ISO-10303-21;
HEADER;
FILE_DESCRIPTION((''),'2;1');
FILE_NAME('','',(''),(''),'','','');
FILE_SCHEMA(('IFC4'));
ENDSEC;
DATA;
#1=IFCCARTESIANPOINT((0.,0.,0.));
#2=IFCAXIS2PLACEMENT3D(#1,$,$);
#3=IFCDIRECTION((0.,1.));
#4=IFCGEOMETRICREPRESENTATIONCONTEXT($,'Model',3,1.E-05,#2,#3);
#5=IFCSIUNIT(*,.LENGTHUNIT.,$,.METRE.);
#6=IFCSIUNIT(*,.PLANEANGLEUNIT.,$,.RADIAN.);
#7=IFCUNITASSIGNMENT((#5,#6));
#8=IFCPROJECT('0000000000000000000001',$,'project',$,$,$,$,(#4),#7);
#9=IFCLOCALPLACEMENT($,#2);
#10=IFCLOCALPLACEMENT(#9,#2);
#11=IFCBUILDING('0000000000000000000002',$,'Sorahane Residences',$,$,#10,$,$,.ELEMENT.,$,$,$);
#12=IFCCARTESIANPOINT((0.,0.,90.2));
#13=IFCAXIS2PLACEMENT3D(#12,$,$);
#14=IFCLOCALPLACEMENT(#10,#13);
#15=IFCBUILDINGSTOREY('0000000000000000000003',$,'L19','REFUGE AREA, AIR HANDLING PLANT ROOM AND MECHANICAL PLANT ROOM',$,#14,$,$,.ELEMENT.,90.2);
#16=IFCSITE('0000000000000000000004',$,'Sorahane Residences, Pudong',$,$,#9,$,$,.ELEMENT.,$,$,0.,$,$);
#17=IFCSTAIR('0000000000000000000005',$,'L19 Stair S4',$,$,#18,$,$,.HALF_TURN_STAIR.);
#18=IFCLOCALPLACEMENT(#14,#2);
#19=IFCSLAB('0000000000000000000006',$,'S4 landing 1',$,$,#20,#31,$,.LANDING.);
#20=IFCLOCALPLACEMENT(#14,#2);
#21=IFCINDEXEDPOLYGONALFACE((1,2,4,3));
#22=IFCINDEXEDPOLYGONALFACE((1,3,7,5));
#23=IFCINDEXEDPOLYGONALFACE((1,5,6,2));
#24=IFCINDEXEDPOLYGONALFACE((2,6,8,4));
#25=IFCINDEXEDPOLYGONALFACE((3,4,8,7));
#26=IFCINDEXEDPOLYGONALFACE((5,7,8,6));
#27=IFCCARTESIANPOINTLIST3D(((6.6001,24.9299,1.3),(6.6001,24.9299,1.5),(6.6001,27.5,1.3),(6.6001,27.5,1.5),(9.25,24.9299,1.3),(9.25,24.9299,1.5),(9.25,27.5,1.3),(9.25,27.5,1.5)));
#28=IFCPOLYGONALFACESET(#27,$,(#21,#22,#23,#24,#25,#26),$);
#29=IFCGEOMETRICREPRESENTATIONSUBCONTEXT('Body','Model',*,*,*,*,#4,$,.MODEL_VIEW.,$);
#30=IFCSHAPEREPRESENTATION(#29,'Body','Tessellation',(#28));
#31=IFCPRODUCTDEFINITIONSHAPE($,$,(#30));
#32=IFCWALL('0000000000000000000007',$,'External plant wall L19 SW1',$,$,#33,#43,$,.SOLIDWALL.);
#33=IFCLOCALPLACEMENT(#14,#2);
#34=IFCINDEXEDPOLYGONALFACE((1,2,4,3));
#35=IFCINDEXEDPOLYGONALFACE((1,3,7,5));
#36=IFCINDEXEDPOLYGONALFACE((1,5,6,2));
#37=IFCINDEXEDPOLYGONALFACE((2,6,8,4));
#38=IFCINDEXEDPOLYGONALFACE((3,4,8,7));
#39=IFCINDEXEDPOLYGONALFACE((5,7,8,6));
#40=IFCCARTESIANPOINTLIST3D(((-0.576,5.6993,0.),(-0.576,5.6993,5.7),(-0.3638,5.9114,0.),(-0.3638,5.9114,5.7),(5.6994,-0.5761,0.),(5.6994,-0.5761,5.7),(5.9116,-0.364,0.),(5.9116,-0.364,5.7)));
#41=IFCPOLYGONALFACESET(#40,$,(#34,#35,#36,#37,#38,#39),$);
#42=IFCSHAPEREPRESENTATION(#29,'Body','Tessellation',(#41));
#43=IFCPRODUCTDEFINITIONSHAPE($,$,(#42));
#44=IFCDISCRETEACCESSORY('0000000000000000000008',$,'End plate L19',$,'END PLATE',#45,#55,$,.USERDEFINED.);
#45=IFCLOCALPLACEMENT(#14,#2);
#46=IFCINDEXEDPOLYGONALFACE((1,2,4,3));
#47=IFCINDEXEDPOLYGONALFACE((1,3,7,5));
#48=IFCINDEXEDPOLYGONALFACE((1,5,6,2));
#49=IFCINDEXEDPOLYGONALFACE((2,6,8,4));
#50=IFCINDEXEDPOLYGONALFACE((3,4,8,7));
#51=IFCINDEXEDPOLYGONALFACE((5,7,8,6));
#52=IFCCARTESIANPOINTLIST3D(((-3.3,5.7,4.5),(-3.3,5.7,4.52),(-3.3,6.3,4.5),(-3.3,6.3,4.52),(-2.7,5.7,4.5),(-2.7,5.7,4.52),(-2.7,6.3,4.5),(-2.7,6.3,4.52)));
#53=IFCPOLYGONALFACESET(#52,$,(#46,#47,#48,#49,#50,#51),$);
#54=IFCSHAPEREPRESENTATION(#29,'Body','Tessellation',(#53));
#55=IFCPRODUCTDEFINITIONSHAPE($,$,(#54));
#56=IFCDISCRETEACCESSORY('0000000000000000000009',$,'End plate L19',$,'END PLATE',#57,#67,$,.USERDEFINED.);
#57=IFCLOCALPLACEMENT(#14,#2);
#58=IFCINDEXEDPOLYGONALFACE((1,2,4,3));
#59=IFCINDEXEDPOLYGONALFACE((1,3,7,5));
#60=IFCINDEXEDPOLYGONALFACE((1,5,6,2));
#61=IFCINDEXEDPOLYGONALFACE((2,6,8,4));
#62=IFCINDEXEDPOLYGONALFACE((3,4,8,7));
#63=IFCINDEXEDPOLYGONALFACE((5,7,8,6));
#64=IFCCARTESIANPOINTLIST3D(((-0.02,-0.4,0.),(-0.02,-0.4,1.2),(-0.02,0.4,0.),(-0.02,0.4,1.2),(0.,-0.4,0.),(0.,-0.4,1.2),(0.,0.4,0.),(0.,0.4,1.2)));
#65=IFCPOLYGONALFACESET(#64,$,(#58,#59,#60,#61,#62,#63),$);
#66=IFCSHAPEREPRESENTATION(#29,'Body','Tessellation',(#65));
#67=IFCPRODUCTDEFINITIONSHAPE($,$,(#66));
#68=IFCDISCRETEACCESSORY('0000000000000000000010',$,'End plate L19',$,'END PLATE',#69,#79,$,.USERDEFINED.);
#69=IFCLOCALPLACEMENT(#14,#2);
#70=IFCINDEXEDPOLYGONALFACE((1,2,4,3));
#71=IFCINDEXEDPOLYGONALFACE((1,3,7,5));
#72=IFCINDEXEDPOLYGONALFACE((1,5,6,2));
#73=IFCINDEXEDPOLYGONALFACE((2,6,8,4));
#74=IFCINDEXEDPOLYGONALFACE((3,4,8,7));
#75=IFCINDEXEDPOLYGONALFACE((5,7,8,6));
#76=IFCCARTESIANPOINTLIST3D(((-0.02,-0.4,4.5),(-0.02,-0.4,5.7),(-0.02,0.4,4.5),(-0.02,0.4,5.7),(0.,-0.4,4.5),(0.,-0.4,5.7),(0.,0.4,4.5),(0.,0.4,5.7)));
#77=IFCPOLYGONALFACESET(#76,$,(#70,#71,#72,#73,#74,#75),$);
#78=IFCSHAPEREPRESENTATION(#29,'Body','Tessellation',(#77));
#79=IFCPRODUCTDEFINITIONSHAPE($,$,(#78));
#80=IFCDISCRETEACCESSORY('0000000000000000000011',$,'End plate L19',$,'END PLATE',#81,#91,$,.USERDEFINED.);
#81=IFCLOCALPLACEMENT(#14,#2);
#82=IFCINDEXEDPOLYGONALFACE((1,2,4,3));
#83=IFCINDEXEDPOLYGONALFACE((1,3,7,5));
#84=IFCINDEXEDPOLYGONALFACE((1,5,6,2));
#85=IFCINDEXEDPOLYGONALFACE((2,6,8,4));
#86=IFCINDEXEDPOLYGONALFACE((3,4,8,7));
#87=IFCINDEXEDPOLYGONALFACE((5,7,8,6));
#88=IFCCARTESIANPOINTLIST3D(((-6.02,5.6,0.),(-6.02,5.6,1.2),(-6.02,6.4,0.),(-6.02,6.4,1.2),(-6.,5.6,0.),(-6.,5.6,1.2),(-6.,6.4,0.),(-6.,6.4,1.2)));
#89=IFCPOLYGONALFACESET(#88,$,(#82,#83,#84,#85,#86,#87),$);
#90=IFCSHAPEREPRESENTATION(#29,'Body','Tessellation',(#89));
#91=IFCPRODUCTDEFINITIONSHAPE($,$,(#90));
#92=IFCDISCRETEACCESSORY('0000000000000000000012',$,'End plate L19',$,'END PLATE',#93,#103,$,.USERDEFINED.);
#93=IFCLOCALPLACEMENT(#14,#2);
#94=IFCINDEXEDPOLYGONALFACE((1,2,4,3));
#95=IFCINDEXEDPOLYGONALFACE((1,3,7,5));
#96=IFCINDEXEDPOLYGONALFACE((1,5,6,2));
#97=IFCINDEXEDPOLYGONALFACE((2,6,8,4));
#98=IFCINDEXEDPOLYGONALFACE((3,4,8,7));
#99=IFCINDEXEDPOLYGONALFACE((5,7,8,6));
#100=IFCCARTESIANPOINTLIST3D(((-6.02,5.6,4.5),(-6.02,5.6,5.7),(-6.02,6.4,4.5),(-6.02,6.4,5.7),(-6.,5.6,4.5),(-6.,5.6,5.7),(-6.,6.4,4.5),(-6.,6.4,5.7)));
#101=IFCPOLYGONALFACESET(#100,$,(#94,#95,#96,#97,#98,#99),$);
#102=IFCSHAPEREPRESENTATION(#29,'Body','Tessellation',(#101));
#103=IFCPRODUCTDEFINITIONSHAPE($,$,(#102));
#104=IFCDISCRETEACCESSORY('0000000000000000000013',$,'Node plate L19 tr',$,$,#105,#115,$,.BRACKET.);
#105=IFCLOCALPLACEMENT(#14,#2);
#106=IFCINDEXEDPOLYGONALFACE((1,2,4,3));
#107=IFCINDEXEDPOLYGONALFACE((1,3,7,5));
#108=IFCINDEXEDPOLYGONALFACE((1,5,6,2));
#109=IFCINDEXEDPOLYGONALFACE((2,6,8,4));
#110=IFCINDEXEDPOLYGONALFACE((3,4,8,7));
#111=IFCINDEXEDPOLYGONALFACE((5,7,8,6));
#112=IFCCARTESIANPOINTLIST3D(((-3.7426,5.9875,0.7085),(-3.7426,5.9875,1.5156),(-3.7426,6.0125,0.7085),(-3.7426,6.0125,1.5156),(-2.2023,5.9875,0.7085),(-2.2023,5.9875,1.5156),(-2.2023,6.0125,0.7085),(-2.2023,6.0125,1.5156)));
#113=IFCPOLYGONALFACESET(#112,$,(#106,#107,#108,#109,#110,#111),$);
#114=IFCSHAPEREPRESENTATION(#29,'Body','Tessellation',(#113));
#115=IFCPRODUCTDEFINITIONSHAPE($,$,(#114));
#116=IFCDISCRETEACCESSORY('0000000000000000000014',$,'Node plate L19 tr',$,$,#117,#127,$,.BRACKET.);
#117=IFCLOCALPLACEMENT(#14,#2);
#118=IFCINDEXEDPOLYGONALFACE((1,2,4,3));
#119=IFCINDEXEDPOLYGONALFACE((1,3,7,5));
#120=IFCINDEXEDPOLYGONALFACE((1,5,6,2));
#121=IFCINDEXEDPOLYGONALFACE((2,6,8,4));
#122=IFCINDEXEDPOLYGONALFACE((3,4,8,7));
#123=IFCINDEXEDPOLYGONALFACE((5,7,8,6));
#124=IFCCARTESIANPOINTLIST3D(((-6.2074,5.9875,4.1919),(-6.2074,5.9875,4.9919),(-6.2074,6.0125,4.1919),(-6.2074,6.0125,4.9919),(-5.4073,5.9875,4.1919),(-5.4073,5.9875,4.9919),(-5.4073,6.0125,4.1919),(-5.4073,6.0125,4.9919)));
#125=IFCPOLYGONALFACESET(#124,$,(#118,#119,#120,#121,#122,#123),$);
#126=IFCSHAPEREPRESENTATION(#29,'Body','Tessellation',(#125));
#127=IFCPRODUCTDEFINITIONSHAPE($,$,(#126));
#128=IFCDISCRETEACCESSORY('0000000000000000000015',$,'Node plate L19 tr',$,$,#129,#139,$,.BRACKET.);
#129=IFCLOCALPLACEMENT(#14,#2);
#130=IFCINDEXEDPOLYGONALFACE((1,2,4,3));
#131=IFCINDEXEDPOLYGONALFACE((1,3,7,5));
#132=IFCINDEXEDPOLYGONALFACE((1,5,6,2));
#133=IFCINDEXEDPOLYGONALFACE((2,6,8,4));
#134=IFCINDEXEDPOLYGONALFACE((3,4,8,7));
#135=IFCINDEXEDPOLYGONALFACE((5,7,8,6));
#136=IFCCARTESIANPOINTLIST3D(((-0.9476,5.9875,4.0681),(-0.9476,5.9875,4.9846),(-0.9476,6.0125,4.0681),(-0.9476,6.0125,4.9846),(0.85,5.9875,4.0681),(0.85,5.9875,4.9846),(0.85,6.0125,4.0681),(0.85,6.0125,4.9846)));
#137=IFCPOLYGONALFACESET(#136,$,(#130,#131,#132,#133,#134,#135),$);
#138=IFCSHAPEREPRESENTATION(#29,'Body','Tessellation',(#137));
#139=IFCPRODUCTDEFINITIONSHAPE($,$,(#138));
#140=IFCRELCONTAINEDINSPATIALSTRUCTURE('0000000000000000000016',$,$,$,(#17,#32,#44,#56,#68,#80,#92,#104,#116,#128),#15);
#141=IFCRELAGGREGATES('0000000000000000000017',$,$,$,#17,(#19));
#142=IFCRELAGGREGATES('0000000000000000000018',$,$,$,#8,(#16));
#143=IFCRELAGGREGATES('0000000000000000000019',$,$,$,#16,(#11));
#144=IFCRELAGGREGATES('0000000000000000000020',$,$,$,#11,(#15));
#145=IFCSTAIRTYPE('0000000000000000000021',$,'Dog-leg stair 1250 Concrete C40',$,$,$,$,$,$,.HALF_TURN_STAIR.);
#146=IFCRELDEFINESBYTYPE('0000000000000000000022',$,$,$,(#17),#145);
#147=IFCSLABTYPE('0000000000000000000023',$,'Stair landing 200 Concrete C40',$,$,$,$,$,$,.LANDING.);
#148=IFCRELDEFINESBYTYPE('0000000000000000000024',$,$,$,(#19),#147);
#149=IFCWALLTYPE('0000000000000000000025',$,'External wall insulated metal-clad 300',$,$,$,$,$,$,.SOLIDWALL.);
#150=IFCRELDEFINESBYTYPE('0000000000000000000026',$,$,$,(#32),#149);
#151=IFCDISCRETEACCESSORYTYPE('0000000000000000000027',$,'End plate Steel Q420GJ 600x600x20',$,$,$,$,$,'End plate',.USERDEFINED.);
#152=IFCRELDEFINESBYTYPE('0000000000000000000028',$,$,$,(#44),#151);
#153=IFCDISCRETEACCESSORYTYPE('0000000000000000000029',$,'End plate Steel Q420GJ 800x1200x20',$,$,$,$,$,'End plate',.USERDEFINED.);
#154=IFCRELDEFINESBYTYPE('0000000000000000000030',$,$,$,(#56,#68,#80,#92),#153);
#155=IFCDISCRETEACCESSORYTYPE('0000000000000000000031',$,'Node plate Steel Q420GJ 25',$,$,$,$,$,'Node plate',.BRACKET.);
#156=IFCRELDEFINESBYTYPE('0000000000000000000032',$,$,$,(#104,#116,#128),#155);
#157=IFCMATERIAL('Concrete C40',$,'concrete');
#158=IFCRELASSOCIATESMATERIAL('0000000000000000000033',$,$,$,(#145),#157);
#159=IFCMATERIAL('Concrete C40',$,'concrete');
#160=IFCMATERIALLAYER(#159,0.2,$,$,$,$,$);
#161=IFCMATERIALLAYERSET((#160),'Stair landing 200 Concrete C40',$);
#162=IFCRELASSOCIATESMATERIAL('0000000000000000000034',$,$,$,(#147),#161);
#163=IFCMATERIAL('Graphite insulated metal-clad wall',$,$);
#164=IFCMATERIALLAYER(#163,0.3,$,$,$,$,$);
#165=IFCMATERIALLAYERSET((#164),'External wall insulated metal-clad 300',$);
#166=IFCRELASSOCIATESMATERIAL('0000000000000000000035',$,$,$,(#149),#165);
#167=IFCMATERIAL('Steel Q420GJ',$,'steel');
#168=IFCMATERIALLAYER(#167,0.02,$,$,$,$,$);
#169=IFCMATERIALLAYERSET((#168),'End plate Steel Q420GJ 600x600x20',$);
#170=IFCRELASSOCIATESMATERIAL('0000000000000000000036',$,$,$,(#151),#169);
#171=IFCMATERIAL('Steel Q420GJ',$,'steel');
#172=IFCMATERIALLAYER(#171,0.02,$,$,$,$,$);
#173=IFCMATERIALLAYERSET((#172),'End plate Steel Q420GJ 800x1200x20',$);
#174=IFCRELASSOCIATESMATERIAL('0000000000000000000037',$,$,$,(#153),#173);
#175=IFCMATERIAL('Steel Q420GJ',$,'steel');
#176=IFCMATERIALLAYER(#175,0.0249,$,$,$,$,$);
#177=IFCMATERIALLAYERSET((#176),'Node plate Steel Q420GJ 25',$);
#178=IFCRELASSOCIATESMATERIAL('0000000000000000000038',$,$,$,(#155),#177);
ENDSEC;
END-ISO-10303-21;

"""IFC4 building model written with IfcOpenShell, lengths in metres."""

from ifc_helpers import new_model, si_unit, direction, frame, frame_2d, origin, origin_2d, place, context, subcontext, project, spatial, polyline, rectangle, outline, extrude, material, layer, layer_set, type_object, element, aggregate, save


model = new_model("IFC4")

# Units and contexts
model_context = context("Model", 3, precision=1e-05, world=origin(), true_north=direction((0.0, 1.0)))
body_context = subcontext(model_context, "Body", "Model", "MODEL_VIEW")
ifc_project = project(units=[si_unit("LENGTHUNIT", "METRE"), si_unit("PLANEANGLEUNIT", "RADIAN")], contexts=[model_context])

# Site, building, storey
site_placement = place(None, origin())
site = spatial("IfcSite", under=ifc_project, at=site_placement, Name="Sorahane Residences, Pudong", CompositionType="ELEMENT", RefElevation=0.0)
building_placement = place(site_placement, origin())
building = spatial("IfcBuilding", under=site, at=building_placement, Name="Sorahane Residences", CompositionType="ELEMENT")
storey_placement = place(building_placement, frame((0.0, 0.0, 90.2)))
storey = spatial("IfcBuildingStorey", under=building, at=storey_placement, Name="L19", Description="REFUGE AREA, AIR HANDLING PLANT ROOM AND MECHANICAL PLANT ROOM", CompositionType="ELEMENT", Elevation=90.2)

# Stair, slab
ifc_material_1 = material(Name="Concrete C40", Category="concrete")
stair_type = type_object("IfcStairType", Name="Dog-leg stair 1250 Concrete C40", PredefinedType="HALF_TURN_STAIR", material=ifc_material_1)
ifc_material_2 = material(Name="Concrete C40", Category="concrete")
ifc_layer_1 = layer(ifc_material_2, 0.2)
ifc_layer_set_1 = layer_set([ifc_layer_1], Name="Stair landing 200 Concrete C40")
slab_type_1 = type_object("IfcSlabType", Name="Stair landing 200 Concrete C40", PredefinedType="LANDING", material=ifc_layer_set_1)
stair_1_placement = place(storey_placement, origin())
stair_1 = element("IfcStair", 1, at=stair_1_placement, inside=storey, type_object=stair_type, Name="L19 Stair S4", PredefinedType="HALF_TURN_STAIR")
slab_1_placement = place(storey_placement, frame((0.0, 0.0, 1.3)))
slab_1 = element("IfcSlab", 2, at=slab_1_placement, type_object=slab_type_1, Name="S4 landing 1", PredefinedType="LANDING", context=body_context, shape_type="SweptSolid", body=[
    extrude(outline(polyline([(9.25, 24.9299), (9.25, 27.5), (6.6001, 27.5), (6.6001, 24.9299), (9.25, 24.9299)])), origin(), (0.0, 0.0, 1.0), 0.2),
])
aggregate(stair_1, [slab_1])

# Wall
ifc_material_3 = material(Name="Graphite insulated metal-clad wall")
ifc_layer_2 = layer(ifc_material_3, 0.3)
ifc_layer_set_2 = layer_set([ifc_layer_2], Name="External wall insulated metal-clad 300")
wall_type = type_object("IfcWallType", Name="External wall insulated metal-clad 300", PredefinedType="SOLIDWALL", material=ifc_layer_set_2)
wall_placement = place(storey_placement, frame((-0.47, 5.8054, 0.0), z_axis=(0.0, 0.0, 1.0), x_axis=(0.707107, -0.707107, 0.0)))
element("IfcWall", 3, at=wall_placement, inside=storey, type_object=wall_type, Name="External plant wall L19 SW1", PredefinedType="SOLIDWALL", context=body_context, shape_type="SweptSolid", body=[
    extrude(rectangle(XDim=8.8748, YDim=0.3, at=frame_2d((4.4375, 0.0))), origin(), (0.0, 0.0, 1.0), 5.7),
])

# Discrete accessories
ifc_material_4 = material(Name="Steel Q420GJ", Category="steel")
ifc_layer_3 = layer(ifc_material_4, 0.02)
ifc_layer_set_3 = layer_set([ifc_layer_3], Name="End plate Steel Q420GJ 600x600x20")
discrete_accessory_type_1 = type_object("IfcDiscreteAccessoryType", Name="End plate Steel Q420GJ 600x600x20", ElementType="End plate", PredefinedType="USERDEFINED", material=ifc_layer_set_3)
discrete_accessory_1_placement = place(storey_placement, frame((-3.0, 6.0, 4.5), z_axis=(0.0, 0.0, 1.0), x_axis=(1.0, 0.0, 0.0)))
element("IfcDiscreteAccessory", 4, at=discrete_accessory_1_placement, inside=storey, type_object=discrete_accessory_type_1, Name="End plate L19", ObjectType="END PLATE", PredefinedType="USERDEFINED", context=body_context, shape_type="SweptSolid", body=[
    extrude(rectangle(XDim=0.6001, YDim=0.6001, at=origin_2d()), origin(), (0.0, 0.0, 1.0), 0.02),
])
ifc_material_5 = material(Name="Steel Q420GJ", Category="steel")
ifc_layer_4 = layer(ifc_material_5, 0.02)
ifc_layer_set_4 = layer_set([ifc_layer_4], Name="End plate Steel Q420GJ 800x1200x20")
discrete_accessory_type_2 = type_object("IfcDiscreteAccessoryType", Name="End plate Steel Q420GJ 800x1200x20", ElementType="End plate", PredefinedType="USERDEFINED", material=ifc_layer_set_4)
for number, where, z_axis, x_axis, name in (
    (5, (-0.01, 0.0, 0.0), (0.0, 0.0, 1.0), (1.0, 0.0, 0.0), "End plate L19"),
    (6, (-0.01, 0.0, 4.5), (0.0, 0.0, 1.0), (1.0, 0.0, 0.0), "End plate L19"),
    (7, (-6.01, 6.0, 0.0), (0.0, 0.0, 1.0), (1.0, 0.0, 0.0), "End plate L19"),
    (8, (-6.01, 6.0, 4.5), (0.0, 0.0, 1.0), (1.0, 0.0, 0.0), "End plate L19"),
):
    element("IfcDiscreteAccessory", number, at=place(storey_placement, frame(where, z_axis=z_axis, x_axis=x_axis)), inside=storey, type_object=discrete_accessory_type_2, Name=name, ObjectType="END PLATE", PredefinedType="USERDEFINED", context=body_context, shape_type="SweptSolid", body=[
        extrude(rectangle(XDim=0.02, YDim=0.8, at=origin_2d()), origin(), (0.0, 0.0, 1.0), 1.2),
    ])
ifc_material_6 = material(Name="Steel Q420GJ", Category="steel")
ifc_layer_5 = layer(ifc_material_6, 0.0249)
ifc_layer_set_5 = layer_set([ifc_layer_5], Name="Node plate Steel Q420GJ 25")
discrete_accessory_type_3 = type_object("IfcDiscreteAccessoryType", Name="Node plate Steel Q420GJ 25", ElementType="Node plate", PredefinedType="BRACKET", material=ifc_layer_set_5)
discrete_accessory_2_placement = place(storey_placement, frame((-2.9724, 6.0, 0.7085), z_axis=(0.0, 0.0, 1.0), x_axis=(1.0, 0.0, 0.0)))
element("IfcDiscreteAccessory", 9, at=discrete_accessory_2_placement, inside=storey, type_object=discrete_accessory_type_3, Name="Node plate L19 tr", PredefinedType="BRACKET", context=body_context, shape_type="SweptSolid", body=[
    extrude(rectangle(XDim=1.5403, YDim=0.0249, at=origin_2d()), origin(), (0.0, 0.0, 1.0), 0.8071),
])
discrete_accessory_3_placement = place(storey_placement, frame((-5.8074, 6.0, 4.1919), z_axis=(0.0, 0.0, 1.0), x_axis=(1.0, 0.0, 0.0)))
element("IfcDiscreteAccessory", 10, at=discrete_accessory_3_placement, inside=storey, type_object=discrete_accessory_type_3, Name="Node plate L19 tr", PredefinedType="BRACKET", context=body_context, shape_type="SweptSolid", body=[
    extrude(rectangle(XDim=0.8, YDim=0.0249, at=origin_2d()), origin(), (0.0, 0.0, 1.0), 0.8),
])
discrete_accessory_4_placement = place(storey_placement, frame((-0.0488, 6.0, 4.0681), z_axis=(0.0, 0.0, 1.0), x_axis=(1.0, 0.0, 0.0)))
element("IfcDiscreteAccessory", 11, at=discrete_accessory_4_placement, inside=storey, type_object=discrete_accessory_type_3, Name="Node plate L19 tr", PredefinedType="BRACKET", context=body_context, shape_type="SweptSolid", body=[
    extrude(rectangle(XDim=1.7976, YDim=0.0249, at=origin_2d()), origin(), (0.0, 0.0, 1.0), 0.9165),
])

save(model, "model.ifc")
